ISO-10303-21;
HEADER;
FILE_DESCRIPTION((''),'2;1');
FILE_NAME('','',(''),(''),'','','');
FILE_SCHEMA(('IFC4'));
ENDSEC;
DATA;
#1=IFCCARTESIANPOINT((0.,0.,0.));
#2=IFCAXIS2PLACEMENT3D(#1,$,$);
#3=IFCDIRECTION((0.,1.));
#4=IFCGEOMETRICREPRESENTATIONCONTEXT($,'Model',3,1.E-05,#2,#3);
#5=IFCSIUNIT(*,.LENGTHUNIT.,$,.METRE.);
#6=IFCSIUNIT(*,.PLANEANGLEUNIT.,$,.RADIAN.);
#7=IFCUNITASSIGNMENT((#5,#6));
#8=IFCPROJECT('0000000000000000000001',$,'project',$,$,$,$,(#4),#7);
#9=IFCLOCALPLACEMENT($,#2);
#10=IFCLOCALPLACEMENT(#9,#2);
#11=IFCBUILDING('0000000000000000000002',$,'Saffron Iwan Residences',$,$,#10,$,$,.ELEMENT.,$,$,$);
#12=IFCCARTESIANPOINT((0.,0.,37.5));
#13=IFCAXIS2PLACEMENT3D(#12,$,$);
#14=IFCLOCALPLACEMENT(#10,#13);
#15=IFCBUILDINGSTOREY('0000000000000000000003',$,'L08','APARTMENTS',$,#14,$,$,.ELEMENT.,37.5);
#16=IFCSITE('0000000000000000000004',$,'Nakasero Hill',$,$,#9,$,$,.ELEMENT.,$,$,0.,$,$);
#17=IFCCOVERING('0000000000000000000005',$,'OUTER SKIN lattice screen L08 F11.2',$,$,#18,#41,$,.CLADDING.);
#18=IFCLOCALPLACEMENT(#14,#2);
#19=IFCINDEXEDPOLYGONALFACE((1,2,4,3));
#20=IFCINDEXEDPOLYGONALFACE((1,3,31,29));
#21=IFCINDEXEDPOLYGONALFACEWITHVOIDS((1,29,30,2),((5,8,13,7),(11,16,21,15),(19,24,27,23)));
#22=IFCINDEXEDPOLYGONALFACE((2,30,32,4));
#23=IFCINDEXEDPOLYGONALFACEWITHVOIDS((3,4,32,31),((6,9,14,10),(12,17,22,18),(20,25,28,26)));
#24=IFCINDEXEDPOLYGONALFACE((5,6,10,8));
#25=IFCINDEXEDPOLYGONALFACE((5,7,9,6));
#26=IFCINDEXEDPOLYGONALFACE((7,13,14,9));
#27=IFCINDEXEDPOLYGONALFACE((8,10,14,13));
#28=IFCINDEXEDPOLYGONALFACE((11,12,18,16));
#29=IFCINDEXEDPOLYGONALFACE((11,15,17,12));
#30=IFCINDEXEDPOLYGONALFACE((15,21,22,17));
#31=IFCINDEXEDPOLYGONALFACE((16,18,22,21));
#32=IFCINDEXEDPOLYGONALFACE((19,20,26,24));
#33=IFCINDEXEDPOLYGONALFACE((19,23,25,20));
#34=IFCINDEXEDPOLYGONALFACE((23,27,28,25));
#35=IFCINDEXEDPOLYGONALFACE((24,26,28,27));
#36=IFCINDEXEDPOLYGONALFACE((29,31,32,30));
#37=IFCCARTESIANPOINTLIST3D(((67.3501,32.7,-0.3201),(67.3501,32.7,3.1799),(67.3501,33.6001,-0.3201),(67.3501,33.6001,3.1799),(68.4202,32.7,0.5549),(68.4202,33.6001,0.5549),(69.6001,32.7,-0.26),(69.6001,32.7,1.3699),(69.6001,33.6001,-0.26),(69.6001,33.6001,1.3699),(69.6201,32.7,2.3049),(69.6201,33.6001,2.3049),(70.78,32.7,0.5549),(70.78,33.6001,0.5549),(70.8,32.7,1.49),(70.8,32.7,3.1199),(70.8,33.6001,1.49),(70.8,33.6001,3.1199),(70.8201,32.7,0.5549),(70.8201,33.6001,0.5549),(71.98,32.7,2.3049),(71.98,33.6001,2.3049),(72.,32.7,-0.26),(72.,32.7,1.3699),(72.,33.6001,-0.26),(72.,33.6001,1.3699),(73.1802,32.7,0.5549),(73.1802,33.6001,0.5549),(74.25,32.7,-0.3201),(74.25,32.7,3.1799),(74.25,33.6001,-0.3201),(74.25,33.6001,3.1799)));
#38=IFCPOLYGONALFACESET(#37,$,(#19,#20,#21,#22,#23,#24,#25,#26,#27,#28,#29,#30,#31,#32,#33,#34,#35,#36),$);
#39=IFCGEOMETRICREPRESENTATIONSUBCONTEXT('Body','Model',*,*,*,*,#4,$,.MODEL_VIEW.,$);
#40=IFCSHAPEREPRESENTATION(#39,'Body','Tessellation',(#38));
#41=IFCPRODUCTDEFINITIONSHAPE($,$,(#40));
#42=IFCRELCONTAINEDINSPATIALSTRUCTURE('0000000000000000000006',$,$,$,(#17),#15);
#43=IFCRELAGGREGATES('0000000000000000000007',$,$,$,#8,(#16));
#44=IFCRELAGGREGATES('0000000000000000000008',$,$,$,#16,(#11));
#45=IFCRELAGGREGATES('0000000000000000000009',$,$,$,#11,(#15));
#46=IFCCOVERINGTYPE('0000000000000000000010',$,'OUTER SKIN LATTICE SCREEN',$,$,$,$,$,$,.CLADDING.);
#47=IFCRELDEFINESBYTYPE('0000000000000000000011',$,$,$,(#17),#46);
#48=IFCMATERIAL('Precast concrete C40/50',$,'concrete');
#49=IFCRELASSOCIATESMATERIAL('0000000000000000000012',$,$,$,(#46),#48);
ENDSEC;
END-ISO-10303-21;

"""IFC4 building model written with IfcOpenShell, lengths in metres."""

from ifc_helpers import new_model, si_unit, direction, frame, origin, place, context, subcontext, project, spatial, polyline, outline, extrude, material, type_object, element, save


model = new_model("IFC4")

# Units and contexts
model_context = context("Model", 3, precision=1e-05, world=origin(), true_north=direction((0.0, 1.0)))
body_context = subcontext(model_context, "Body", "Model", "MODEL_VIEW")
ifc_project = project(units=[si_unit("LENGTHUNIT", "METRE"), si_unit("PLANEANGLEUNIT", "RADIAN")], contexts=[model_context])

# Site, building, storey
site_placement = place(None, origin())
site = spatial("IfcSite", under=ifc_project, at=site_placement, Name="Nakasero Hill", CompositionType="ELEMENT", RefElevation=0.0)
building_placement = place(site_placement, origin())
building = spatial("IfcBuilding", under=site, at=building_placement, Name="Saffron Iwan Residences", CompositionType="ELEMENT")
storey_placement = place(building_placement, frame((0.0, 0.0, 37.5)))
storey = spatial("IfcBuildingStorey", under=building, at=storey_placement, Name="L08", Description="APARTMENTS", CompositionType="ELEMENT", Elevation=37.5)

# Covering
ifc_material_1 = material(Name="Precast concrete C40/50", Category="concrete")
covering_type = type_object("IfcCoveringType", Name="OUTER SKIN LATTICE SCREEN", PredefinedType="CLADDING", material=ifc_material_1)
covering_placement = place(storey_placement, frame((67.3501, 33.6001, -0.3201), z_axis=(0.0, -1.0, 0.0), x_axis=(1.0, 0.0, 0.0)))
element("IfcCovering", 1, at=covering_placement, inside=storey, type_object=covering_type, Name="OUTER SKIN lattice screen L08 F11.2", PredefinedType="CLADDING", context=body_context, shape_type="SweptSolid", body=[
    extrude(outline(polyline([(0.0, 0.0), (6.8999, 0.0), (6.8999, 3.5), (0.0, 3.5), (0.0, 0.0)]), holes=[polyline([(1.0701, 0.875), (2.25, 0.0601), (3.4299, 0.875), (2.25, 1.6899), (1.0701, 0.875)]), polyline([(3.47, 0.875), (4.6499, 0.0601), (5.8301, 0.875), (4.6499, 1.6899), (3.47, 0.875)]), polyline([(2.27, 2.625), (3.45, 1.8101), (4.6299, 2.625), (3.45, 3.4399), (2.27, 2.625)])]), origin(), (0.0, 0.0, 1.0), 0.9001),
])

save(model, "model.ifc")
